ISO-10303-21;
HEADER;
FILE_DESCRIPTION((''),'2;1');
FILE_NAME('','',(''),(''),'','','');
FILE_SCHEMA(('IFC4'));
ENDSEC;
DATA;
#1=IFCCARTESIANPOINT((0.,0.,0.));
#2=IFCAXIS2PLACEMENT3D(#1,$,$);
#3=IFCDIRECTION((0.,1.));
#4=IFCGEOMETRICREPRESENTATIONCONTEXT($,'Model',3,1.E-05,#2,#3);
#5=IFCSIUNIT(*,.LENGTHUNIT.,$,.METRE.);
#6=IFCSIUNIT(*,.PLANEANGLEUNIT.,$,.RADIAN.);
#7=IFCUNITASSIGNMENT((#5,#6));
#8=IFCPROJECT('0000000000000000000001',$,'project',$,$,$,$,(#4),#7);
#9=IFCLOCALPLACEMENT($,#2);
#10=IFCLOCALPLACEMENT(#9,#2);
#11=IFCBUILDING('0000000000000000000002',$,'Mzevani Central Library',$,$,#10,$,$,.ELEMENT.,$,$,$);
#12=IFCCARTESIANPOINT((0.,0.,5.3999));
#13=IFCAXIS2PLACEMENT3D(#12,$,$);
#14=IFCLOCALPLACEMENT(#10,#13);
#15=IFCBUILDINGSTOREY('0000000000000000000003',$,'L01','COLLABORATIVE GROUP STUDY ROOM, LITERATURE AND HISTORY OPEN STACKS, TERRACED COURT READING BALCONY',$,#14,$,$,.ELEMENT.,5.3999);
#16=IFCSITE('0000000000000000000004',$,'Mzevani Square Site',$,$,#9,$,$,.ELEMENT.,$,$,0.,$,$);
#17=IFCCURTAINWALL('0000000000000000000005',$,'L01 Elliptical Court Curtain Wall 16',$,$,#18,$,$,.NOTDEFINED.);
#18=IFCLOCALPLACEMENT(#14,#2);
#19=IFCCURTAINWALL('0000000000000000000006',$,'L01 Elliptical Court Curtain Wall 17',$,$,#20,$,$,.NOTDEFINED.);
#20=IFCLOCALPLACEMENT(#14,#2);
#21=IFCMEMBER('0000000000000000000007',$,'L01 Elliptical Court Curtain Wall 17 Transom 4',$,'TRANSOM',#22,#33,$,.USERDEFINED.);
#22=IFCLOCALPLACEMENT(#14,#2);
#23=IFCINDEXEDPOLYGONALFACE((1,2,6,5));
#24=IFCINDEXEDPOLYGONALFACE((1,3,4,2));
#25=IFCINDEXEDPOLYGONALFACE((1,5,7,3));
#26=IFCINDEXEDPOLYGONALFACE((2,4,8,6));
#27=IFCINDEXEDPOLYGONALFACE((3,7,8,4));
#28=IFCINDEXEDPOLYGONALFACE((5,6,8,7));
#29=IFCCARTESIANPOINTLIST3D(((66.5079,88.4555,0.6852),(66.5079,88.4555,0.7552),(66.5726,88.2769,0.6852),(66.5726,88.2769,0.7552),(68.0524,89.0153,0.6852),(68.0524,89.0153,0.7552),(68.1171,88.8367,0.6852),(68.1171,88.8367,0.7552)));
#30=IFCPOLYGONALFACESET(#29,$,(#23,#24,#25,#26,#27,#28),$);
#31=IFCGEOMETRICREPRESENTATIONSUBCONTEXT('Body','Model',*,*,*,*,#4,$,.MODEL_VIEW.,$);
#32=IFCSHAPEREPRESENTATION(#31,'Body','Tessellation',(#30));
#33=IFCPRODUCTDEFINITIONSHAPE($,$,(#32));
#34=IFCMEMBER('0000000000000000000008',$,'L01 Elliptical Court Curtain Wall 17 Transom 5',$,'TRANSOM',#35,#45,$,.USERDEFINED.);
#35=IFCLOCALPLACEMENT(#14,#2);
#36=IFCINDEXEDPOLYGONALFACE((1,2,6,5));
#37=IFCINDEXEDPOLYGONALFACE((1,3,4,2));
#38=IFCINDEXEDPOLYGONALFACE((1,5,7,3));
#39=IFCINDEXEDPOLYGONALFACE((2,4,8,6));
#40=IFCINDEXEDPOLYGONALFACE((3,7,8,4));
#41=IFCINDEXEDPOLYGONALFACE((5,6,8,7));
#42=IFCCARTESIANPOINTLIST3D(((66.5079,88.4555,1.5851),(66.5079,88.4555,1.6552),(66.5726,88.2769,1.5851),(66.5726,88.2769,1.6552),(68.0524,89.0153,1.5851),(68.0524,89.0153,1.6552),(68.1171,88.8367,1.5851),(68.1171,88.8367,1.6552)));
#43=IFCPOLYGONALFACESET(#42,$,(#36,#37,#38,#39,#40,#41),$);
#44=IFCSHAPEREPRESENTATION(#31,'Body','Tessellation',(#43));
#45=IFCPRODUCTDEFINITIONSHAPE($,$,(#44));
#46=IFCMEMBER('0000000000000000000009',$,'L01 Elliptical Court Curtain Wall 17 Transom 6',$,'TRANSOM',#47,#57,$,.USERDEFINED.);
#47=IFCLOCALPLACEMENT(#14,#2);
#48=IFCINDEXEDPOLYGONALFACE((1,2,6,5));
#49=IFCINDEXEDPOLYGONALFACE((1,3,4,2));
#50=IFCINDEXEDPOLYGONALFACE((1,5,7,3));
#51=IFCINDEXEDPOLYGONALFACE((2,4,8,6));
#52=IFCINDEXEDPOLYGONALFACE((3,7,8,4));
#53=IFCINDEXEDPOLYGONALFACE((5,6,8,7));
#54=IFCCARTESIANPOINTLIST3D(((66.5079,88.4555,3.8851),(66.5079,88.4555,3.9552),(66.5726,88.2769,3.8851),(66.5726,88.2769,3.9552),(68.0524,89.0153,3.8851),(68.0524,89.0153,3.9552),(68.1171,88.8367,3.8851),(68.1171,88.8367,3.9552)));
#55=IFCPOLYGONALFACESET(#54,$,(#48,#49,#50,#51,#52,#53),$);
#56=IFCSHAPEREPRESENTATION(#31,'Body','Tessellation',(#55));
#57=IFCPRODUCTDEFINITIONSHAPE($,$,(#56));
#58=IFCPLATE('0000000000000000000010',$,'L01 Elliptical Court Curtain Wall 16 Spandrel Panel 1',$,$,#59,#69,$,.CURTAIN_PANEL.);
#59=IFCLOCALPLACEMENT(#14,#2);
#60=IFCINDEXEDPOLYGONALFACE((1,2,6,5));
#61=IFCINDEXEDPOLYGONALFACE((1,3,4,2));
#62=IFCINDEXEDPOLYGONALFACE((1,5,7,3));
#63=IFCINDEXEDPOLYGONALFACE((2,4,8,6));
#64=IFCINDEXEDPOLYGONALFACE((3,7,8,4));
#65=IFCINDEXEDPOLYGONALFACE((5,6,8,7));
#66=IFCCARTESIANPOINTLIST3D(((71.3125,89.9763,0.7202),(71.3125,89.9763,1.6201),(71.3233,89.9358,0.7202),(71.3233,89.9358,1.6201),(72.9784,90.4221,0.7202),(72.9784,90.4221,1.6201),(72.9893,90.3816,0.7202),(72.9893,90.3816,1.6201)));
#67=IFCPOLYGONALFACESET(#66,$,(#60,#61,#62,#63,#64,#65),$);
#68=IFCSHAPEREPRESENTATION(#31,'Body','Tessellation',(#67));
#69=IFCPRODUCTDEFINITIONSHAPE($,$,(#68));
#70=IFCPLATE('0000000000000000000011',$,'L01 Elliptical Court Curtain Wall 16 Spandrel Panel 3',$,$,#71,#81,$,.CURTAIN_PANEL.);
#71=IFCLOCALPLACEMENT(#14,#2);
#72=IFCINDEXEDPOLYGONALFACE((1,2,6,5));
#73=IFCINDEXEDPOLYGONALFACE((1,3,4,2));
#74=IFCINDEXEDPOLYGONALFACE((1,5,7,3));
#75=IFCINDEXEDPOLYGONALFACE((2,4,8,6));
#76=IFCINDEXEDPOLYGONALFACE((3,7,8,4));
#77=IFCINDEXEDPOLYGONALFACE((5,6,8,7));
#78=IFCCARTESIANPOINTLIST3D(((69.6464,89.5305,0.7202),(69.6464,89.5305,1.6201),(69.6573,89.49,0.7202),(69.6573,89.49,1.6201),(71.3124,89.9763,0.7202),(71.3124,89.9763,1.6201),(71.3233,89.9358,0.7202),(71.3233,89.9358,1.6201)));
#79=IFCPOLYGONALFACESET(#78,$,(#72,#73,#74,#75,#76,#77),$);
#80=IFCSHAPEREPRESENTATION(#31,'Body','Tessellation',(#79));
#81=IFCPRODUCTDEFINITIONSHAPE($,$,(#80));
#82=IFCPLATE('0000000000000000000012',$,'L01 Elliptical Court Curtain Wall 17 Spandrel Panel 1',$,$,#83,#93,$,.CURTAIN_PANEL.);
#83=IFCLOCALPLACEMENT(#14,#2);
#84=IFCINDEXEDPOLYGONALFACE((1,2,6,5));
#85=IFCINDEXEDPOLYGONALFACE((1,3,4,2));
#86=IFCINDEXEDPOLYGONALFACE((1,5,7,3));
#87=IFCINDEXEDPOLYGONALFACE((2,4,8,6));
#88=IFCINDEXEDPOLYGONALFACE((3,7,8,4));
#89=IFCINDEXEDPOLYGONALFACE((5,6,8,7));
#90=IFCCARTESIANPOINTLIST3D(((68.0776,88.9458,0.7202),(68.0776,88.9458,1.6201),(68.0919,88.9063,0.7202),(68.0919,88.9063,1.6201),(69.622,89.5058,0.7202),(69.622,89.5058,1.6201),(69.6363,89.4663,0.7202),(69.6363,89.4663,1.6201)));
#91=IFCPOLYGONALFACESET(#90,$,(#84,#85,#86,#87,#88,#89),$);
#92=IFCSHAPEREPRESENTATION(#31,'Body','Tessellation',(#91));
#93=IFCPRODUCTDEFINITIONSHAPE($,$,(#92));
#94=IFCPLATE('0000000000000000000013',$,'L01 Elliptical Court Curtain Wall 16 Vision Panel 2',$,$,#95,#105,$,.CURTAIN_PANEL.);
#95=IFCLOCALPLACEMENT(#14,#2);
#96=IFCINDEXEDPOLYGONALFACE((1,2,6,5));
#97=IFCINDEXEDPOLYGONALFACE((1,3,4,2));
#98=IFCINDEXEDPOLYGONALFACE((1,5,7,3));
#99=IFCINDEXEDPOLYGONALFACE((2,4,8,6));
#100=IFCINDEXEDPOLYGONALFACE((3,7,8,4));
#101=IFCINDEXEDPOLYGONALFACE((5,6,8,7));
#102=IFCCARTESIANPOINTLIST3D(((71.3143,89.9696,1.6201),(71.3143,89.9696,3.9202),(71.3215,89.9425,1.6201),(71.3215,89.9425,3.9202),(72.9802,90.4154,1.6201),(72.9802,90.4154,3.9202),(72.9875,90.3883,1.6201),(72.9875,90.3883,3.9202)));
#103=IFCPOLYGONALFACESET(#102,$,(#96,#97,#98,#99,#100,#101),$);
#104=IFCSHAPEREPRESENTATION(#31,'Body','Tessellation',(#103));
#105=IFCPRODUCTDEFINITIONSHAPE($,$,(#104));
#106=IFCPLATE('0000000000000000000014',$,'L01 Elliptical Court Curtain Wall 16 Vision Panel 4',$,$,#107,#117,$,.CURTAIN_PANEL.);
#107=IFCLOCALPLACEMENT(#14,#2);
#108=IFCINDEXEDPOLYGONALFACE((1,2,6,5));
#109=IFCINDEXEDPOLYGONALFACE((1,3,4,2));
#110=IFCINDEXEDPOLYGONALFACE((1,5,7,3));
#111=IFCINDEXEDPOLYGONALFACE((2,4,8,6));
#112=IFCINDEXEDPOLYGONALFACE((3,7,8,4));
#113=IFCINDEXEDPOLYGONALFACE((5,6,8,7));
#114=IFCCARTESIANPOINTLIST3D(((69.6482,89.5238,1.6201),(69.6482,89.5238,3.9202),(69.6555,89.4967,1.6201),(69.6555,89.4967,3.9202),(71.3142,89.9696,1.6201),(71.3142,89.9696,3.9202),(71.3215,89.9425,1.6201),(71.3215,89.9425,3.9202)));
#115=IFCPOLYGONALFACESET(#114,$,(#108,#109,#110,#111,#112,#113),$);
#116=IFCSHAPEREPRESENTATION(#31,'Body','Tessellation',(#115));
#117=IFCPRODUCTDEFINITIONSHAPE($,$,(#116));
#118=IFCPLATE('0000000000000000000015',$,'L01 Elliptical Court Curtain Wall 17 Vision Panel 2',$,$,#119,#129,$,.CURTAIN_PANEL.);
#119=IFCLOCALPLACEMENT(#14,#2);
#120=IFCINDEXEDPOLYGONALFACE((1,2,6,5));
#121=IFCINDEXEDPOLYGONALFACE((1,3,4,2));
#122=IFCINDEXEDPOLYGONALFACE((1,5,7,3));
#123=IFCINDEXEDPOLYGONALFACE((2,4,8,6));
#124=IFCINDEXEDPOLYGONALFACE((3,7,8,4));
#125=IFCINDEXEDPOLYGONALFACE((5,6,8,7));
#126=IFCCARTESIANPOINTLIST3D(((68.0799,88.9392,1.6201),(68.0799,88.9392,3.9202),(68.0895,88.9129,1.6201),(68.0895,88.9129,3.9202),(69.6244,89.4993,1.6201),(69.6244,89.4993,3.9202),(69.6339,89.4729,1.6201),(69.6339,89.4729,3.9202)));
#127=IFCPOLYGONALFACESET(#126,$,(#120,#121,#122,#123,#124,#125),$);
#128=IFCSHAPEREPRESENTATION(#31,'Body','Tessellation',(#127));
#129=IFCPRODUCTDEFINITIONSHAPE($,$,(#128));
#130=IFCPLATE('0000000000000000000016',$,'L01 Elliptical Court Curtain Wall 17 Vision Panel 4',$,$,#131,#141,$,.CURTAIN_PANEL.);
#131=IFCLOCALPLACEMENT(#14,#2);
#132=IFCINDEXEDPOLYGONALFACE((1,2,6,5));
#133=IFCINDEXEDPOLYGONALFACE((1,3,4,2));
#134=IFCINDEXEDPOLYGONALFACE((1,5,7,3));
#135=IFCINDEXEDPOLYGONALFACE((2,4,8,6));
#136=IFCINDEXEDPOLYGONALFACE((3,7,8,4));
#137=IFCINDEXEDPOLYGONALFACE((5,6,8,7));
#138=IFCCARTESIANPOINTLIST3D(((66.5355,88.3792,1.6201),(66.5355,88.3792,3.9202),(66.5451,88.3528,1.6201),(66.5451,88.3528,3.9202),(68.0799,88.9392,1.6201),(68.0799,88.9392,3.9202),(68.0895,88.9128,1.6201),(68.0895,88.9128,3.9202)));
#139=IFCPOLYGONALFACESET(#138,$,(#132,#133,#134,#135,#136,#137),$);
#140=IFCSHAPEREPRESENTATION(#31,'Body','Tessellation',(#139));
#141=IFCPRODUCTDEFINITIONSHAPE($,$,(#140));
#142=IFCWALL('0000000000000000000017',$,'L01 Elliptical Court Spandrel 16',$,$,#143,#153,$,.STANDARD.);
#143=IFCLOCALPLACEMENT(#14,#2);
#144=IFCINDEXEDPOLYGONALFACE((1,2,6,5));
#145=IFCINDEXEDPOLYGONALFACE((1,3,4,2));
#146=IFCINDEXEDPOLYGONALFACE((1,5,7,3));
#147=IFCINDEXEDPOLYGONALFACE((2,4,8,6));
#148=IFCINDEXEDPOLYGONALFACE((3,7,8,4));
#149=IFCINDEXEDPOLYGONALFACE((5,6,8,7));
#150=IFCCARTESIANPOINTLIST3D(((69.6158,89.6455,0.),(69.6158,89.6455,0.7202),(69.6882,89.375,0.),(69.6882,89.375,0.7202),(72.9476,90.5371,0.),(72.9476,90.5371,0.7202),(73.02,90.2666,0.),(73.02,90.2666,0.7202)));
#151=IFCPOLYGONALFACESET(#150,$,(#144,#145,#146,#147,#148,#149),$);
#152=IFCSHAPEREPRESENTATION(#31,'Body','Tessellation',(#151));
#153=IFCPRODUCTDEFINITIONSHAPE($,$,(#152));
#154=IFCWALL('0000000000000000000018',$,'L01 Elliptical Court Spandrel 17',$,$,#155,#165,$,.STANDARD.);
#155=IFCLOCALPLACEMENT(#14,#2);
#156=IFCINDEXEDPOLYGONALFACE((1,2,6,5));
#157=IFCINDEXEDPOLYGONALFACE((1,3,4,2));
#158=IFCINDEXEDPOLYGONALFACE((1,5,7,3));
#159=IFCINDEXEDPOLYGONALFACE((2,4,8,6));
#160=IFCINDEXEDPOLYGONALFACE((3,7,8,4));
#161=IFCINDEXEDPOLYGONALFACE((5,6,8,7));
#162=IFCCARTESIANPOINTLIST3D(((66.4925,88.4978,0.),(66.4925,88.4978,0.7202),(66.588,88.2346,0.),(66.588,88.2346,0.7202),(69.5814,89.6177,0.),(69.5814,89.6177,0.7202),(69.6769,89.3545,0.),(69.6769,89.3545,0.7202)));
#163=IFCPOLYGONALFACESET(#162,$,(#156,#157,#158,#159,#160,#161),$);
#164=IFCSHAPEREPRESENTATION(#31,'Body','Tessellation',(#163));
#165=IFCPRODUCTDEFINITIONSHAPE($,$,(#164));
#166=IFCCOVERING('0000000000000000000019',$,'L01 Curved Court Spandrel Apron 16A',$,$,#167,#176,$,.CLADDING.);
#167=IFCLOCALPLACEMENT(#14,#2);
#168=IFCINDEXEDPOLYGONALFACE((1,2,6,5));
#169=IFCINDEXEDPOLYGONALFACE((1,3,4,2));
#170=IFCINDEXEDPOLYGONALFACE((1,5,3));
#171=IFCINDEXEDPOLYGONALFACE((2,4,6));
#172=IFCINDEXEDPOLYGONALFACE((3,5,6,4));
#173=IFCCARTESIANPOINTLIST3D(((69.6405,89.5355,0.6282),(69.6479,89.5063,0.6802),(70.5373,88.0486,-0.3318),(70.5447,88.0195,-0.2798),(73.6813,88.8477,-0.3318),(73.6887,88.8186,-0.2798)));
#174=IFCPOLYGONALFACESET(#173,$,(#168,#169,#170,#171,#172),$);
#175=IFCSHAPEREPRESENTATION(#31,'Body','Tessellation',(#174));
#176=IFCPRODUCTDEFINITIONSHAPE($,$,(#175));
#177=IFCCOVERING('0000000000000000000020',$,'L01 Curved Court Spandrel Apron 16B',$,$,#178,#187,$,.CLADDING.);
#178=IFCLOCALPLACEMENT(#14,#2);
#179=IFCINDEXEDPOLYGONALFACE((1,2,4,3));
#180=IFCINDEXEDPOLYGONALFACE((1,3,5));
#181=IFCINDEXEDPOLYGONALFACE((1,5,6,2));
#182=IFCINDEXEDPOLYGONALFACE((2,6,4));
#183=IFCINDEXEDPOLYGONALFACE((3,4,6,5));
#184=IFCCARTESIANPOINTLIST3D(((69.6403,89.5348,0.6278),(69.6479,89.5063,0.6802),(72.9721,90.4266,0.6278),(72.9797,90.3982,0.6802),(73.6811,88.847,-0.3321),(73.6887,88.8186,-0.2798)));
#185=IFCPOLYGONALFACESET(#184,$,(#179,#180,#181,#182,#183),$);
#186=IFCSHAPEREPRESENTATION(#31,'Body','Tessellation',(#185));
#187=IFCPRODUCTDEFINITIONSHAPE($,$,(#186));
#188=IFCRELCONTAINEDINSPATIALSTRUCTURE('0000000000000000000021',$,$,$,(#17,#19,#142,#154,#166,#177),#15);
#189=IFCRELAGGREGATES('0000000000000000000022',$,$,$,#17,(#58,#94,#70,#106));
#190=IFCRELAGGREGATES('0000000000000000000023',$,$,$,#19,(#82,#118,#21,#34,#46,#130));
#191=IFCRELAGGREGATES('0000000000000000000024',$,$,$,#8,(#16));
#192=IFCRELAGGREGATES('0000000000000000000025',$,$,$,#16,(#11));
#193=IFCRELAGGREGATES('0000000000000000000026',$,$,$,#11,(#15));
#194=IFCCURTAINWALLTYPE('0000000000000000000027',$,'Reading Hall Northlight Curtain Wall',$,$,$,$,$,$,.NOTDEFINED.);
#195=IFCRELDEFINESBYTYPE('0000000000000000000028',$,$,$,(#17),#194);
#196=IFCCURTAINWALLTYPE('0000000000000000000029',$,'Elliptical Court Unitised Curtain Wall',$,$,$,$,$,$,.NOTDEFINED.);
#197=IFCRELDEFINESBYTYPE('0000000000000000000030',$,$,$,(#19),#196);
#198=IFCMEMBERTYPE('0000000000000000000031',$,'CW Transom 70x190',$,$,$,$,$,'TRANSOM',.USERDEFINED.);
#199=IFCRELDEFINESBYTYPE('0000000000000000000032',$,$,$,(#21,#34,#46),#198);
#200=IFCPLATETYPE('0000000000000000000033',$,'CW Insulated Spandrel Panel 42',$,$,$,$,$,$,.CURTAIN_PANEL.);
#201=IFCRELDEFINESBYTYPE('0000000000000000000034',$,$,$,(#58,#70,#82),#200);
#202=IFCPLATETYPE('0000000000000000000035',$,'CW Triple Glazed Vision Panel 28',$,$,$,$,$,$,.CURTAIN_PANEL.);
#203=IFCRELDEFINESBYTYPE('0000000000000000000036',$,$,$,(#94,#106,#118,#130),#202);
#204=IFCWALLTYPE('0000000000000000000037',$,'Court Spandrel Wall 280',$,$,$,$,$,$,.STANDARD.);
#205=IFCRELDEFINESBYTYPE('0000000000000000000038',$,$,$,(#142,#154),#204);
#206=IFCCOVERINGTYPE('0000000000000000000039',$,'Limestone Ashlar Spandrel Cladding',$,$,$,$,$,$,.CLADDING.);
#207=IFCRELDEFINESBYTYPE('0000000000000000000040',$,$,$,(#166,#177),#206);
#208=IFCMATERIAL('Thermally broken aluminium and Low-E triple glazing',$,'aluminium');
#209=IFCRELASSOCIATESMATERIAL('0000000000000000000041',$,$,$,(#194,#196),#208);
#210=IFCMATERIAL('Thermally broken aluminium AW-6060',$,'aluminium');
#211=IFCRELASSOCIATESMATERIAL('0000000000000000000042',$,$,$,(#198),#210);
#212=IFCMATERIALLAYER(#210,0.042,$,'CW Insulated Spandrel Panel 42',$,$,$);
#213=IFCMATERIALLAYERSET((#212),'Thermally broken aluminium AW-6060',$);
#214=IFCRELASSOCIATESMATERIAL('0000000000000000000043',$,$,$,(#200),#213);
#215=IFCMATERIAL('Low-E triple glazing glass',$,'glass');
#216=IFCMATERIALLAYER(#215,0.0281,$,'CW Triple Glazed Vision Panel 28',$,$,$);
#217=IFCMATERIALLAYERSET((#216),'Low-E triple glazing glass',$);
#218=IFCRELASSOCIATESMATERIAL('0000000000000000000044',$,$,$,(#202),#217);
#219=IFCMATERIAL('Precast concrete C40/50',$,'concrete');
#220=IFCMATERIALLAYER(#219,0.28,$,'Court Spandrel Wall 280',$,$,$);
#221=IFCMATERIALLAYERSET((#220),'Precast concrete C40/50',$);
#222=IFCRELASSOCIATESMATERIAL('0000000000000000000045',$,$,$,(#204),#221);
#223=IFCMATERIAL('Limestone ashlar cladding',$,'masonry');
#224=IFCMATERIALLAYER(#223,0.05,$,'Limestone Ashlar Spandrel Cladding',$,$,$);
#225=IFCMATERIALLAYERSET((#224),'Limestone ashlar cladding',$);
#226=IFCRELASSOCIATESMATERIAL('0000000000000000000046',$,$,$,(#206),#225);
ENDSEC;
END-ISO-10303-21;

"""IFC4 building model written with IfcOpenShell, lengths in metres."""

from ifc_helpers import new_model, si_unit, direction, frame, frame_2d, origin, origin_2d, place, context, subcontext, project, spatial, polyline, rectangle, outline, extrude, material, layer, layer_set, material_profile, profile_set, type_object, element, aggregate, save


model = new_model("IFC4")

# Units and contexts
model_context = context("Model", 3, precision=1e-05, world=origin(), true_north=direction((0.0, 1.0)))
body_context = subcontext(model_context, "Body", "Model", "MODEL_VIEW")
ifc_project = project(units=[si_unit("LENGTHUNIT", "METRE"), si_unit("PLANEANGLEUNIT", "RADIAN")], contexts=[model_context])

# Site, building, storey
site_placement = place(None, origin())
site = spatial("IfcSite", under=ifc_project, at=site_placement, Name="Mzevani Square Site", CompositionType="ELEMENT", RefElevation=0.0)
building_placement = place(site_placement, origin())
building = spatial("IfcBuilding", under=site, at=building_placement, Name="Mzevani Central Library", CompositionType="ELEMENT")
storey_placement = place(building_placement, frame((0.0, 0.0, 5.3999)))
storey = spatial("IfcBuildingStorey", under=building, at=storey_placement, Name="L01", Description="COLLABORATIVE GROUP STUDY ROOM, LITERATURE AND HISTORY OPEN STACKS, TERRACED COURT READING BALCONY", CompositionType="ELEMENT", Elevation=5.3999)

# Curtain walls
ifc_material_1 = material(Name="Thermally broken aluminium and Low-E triple glazing", Category="aluminium")
curtain_wall_type_1 = type_object("IfcCurtainWallType", Name="Reading Hall Northlight Curtain Wall", PredefinedType="NOTDEFINED", material=ifc_material_1)
curtain_wall_1_placement = place(storey_placement, origin())
curtain_wall_1 = element("IfcCurtainWall", 1, at=curtain_wall_1_placement, inside=storey, type_object=curtain_wall_type_1, Name="L01 Elliptical Court Curtain Wall 16", PredefinedType="NOTDEFINED")
ifc_material_2 = material(Name="Thermally broken aluminium AW-6060", Category="aluminium")
curtain_wall_type_2 = type_object("IfcCurtainWallType", Name="Elliptical Court Unitised Curtain Wall", PredefinedType="NOTDEFINED", material=ifc_material_1)
curtain_wall_2_placement = place(storey_placement, origin())
curtain_wall_2 = element("IfcCurtainWall", 2, at=curtain_wall_2_placement, inside=storey, type_object=curtain_wall_type_2, Name="L01 Elliptical Court Curtain Wall 17", PredefinedType="NOTDEFINED")

# Members
ifc_material_profile_1 = material_profile(ifc_material_2, rectangle(XDim=0.1899, YDim=0.0701, at=origin_2d()), Name="ALU T70x190")
ifc_profile_set_1 = profile_set([ifc_material_profile_1], Name="Thermally broken aluminium AW-6060")
member_type_1 = type_object("IfcMemberType", Name="CW Transom 70x190", ElementType="TRANSOM", PredefinedType="USERDEFINED", material=ifc_profile_set_1)
member_1_placement = place(storey_placement, frame((68.0847, 88.926, 0.7202), z_axis=(-0.940144, -0.340776, 0.0), x_axis=(0.340776, -0.940144, 0.0)))
member_1 = element("IfcMember", 3, at=member_1_placement, type_object=member_type_1, Name="L01 Elliptical Court Curtain Wall 17 Transom 4", ObjectType="TRANSOM", PredefinedType="USERDEFINED", context=body_context, shape_type="SweptSolid", body=[
    extrude(rectangle(XDim=0.1899, YDim=0.0701, at=origin_2d()), origin(), (0.0, 0.0, 1.0), 1.6428),
])
member_2_placement = place(storey_placement, frame((68.0847, 88.926, 1.6201), z_axis=(-0.940144, -0.340776, 0.0), x_axis=(0.340776, -0.940144, 0.0)))
member_2 = element("IfcMember", 4, at=member_2_placement, type_object=member_type_1, Name="L01 Elliptical Court Curtain Wall 17 Transom 5", ObjectType="TRANSOM", PredefinedType="USERDEFINED", context=body_context, shape_type="SweptSolid", body=[
    extrude(rectangle(XDim=0.1899, YDim=0.0701, at=origin_2d()), origin(), (0.0, 0.0, 1.0), 1.6428),
])
member_3_placement = place(storey_placement, frame((68.0847, 88.926, 3.9202), z_axis=(-0.940144, -0.340776, 0.0), x_axis=(0.340776, -0.940144, 0.0)))
member_3 = element("IfcMember", 5, at=member_3_placement, type_object=member_type_1, Name="L01 Elliptical Court Curtain Wall 17 Transom 6", ObjectType="TRANSOM", PredefinedType="USERDEFINED", context=body_context, shape_type="SweptSolid", body=[
    extrude(rectangle(XDim=0.1899, YDim=0.0701, at=origin_2d()), origin(), (0.0, 0.0, 1.0), 1.6428),
])

# Plates
ifc_layer_1 = layer(ifc_material_2, 0.042, Name="CW Insulated Spandrel Panel 42")
ifc_layer_set_1 = layer_set([ifc_layer_1], Name="Thermally broken aluminium AW-6060")
plate_type_1 = type_object("IfcPlateType", Name="CW Insulated Spandrel Panel 42", PredefinedType="CURTAIN_PANEL", material=ifc_layer_set_1)
plate_1_placement = place(storey_placement, frame((72.1509, 90.179, 0.7202), z_axis=(0.0, 0.0, 1.0), x_axis=(-0.966009, -0.258507, 0.0)))
plate_1 = element("IfcPlate", 6, at=plate_1_placement, type_object=plate_type_1, Name="L01 Elliptical Court Curtain Wall 16 Spandrel Panel 1", PredefinedType="CURTAIN_PANEL", context=body_context, shape_type="SweptSolid", body=[
    extrude(rectangle(XDim=1.7246, YDim=0.042, at=origin_2d()), origin(), (0.0, 0.0, 1.0), 0.8999),
])
plate_2_placement = place(storey_placement, frame((70.4849, 89.7332, 0.7202), z_axis=(0.0, 0.0, 1.0), x_axis=(-0.966009, -0.258507, 0.0)))
plate_2 = element("IfcPlate", 7, at=plate_2_placement, type_object=plate_type_1, Name="L01 Elliptical Court Curtain Wall 16 Spandrel Panel 3", PredefinedType="CURTAIN_PANEL", context=body_context, shape_type="SweptSolid", body=[
    extrude(rectangle(XDim=1.7246, YDim=0.042, at=origin_2d()), origin(), (0.0, 0.0, 1.0), 0.8999),
])
plate_3_placement = place(storey_placement, frame((68.8569, 89.2061, 0.7202), z_axis=(0.0, 0.0, 1.0), x_axis=(-0.940106, -0.340883, 0.0)))
plate_3 = element("IfcPlate", 8, at=plate_3_placement, type_object=plate_type_1, Name="L01 Elliptical Court Curtain Wall 17 Spandrel Panel 1", PredefinedType="CURTAIN_PANEL", context=body_context, shape_type="SweptSolid", body=[
    extrude(rectangle(XDim=1.6428, YDim=0.042, at=origin_2d()), origin(), (0.0, 0.0, 1.0), 0.8999),
])
ifc_material_3 = material(Name="Low-E triple glazing glass", Category="glass")
ifc_layer_2 = layer(ifc_material_3, 0.0281, Name="CW Triple Glazed Vision Panel 28")
ifc_layer_set_2 = layer_set([ifc_layer_2], Name="Low-E triple glazing glass")
plate_type_2 = type_object("IfcPlateType", Name="CW Triple Glazed Vision Panel 28", PredefinedType="CURTAIN_PANEL", material=ifc_layer_set_2)
plate_4_placement = place(storey_placement, frame((72.1509, 90.179, 1.6201), z_axis=(0.0, 0.0, 1.0), x_axis=(-0.966009, -0.258507, 0.0)))
plate_4 = element("IfcPlate", 9, at=plate_4_placement, type_object=plate_type_2, Name="L01 Elliptical Court Curtain Wall 16 Vision Panel 2", PredefinedType="CURTAIN_PANEL", context=body_context, shape_type="SweptSolid", body=[
    extrude(rectangle(XDim=1.7246, YDim=0.0281, at=origin_2d()), origin(), (0.0, 0.0, 1.0), 2.3),
])
plate_5_placement = place(storey_placement, frame((70.4849, 89.7332, 1.6201), z_axis=(0.0, 0.0, 1.0), x_axis=(-0.966009, -0.258507, 0.0)))
plate_5 = element("IfcPlate", 10, at=plate_5_placement, type_object=plate_type_2, Name="L01 Elliptical Court Curtain Wall 16 Vision Panel 4", PredefinedType="CURTAIN_PANEL", context=body_context, shape_type="SweptSolid", body=[
    extrude(rectangle(XDim=1.7246, YDim=0.0281, at=origin_2d()), origin(), (0.0, 0.0, 1.0), 2.3),
])
aggregate(curtain_wall_1, [plate_1, plate_4, plate_2, plate_5])
plate_6_placement = place(storey_placement, frame((68.8569, 89.2061, 1.6201), z_axis=(0.0, 0.0, 1.0), x_axis=(-0.940106, -0.340883, 0.0)))
plate_6 = element("IfcPlate", 11, at=plate_6_placement, type_object=plate_type_2, Name="L01 Elliptical Court Curtain Wall 17 Vision Panel 2", PredefinedType="CURTAIN_PANEL", context=body_context, shape_type="SweptSolid", body=[
    extrude(rectangle(XDim=1.6428, YDim=0.0281, at=origin_2d()), origin(), (0.0, 0.0, 1.0), 2.3),
])
plate_7_placement = place(storey_placement, frame((67.3125, 88.646, 1.6201), z_axis=(0.0, 0.0, 1.0), x_axis=(-0.940106, -0.340883, 0.0)))
plate_7 = element("IfcPlate", 12, at=plate_7_placement, type_object=plate_type_2, Name="L01 Elliptical Court Curtain Wall 17 Vision Panel 4", PredefinedType="CURTAIN_PANEL", context=body_context, shape_type="SweptSolid", body=[
    extrude(rectangle(XDim=1.6428, YDim=0.0281, at=origin_2d()), origin(), (0.0, 0.0, 1.0), 2.3),
])
aggregate(curtain_wall_2, [plate_3, plate_6, member_1, member_2, member_3, plate_7])

# Walls
ifc_material_4 = material(Name="Precast concrete C40/50", Category="concrete")
ifc_layer_3 = layer(ifc_material_4, 0.28, Name="Court Spandrel Wall 280")
ifc_layer_set_3 = layer_set([ifc_layer_3], Name="Precast concrete C40/50")
wall_type = type_object("IfcWallType", Name="Court Spandrel Wall 280", PredefinedType="STANDARD", material=ifc_layer_set_3)
wall_1_placement = place(storey_placement, frame((72.9839, 90.4019, 0.0), z_axis=(0.0, 0.0, 1.0), x_axis=(-0.966009, -0.258508, 0.0)))
element("IfcWall", 13, at=wall_1_placement, inside=storey, type_object=wall_type, Name="L01 Elliptical Court Spandrel 16", PredefinedType="STANDARD", context=body_context, shape_type="SweptSolid", body=[
    extrude(rectangle(XDim=3.449, YDim=0.28, at=frame_2d((1.7246, 0.0))), origin(), (0.0, 0.0, 1.0), 0.7202),
])
wall_2_placement = place(storey_placement, frame((69.6292, 89.4861, 0.0), z_axis=(0.0, 0.0, 1.0), x_axis=(-0.940121, -0.340842, 0.0)))
element("IfcWall", 14, at=wall_2_placement, inside=storey, type_object=wall_type, Name="L01 Elliptical Court Spandrel 17", PredefinedType="STANDARD", context=body_context, shape_type="SweptSolid", body=[
    extrude(rectangle(XDim=3.2856, YDim=0.28, at=frame_2d((1.6428, 0.0))), origin(), (0.0, 0.0, 1.0), 0.7202),
])

# Coverings
ifc_material_5 = material(Name="Limestone ashlar cladding", Category="masonry")
ifc_layer_4 = layer(ifc_material_5, 0.05, Name="Limestone Ashlar Spandrel Cladding")
ifc_layer_set_4 = layer_set([ifc_layer_4], Name="Limestone ashlar cladding")
covering_type = type_object("IfcCoveringType", Name="Limestone Ashlar Spandrel Cladding", PredefinedType="CLADDING", material=ifc_layer_set_4)
covering_1_placement = place(storey_placement, frame((73.6887, 88.8186, -0.2798), z_axis=(0.123207, -0.484771, 0.86592), x_axis=(-0.969188, -0.246323, 0.0)))
element("IfcCovering", 15, at=covering_1_placement, inside=storey, type_object=covering_type, Name="L01 Curved Court Spandrel Apron 16A", PredefinedType="CLADDING", context=body_context, shape_type="SweptSolid", body=[
    extrude(outline(polyline([(0.0, 0.0), (3.244, 0.0), (3.7469, -1.9192), (0.0, 0.0)])), origin(), (0.0, 0.0, -1.0), 0.0601),
])
covering_2_placement = place(storey_placement, frame((73.6887, 88.8186, -0.2798), z_axis=(0.126623, -0.473041, 0.871894), x_axis=(-0.959851, 0.163368, 0.22803)))
element("IfcCovering", 16, at=covering_2_placement, inside=storey, type_object=covering_type, Name="L01 Curved Court Spandrel Apron 16B", PredefinedType="CLADDING", context=body_context, shape_type="SweptSolid", body=[
    extrude(outline(polyline([(0.0, 0.0), (4.2098, 0.0), (1.1575, -1.6061), (0.0, 0.0)])), origin(), (0.0, 0.0, -1.0), 0.0601),
])

save(model, "model.ifc")
